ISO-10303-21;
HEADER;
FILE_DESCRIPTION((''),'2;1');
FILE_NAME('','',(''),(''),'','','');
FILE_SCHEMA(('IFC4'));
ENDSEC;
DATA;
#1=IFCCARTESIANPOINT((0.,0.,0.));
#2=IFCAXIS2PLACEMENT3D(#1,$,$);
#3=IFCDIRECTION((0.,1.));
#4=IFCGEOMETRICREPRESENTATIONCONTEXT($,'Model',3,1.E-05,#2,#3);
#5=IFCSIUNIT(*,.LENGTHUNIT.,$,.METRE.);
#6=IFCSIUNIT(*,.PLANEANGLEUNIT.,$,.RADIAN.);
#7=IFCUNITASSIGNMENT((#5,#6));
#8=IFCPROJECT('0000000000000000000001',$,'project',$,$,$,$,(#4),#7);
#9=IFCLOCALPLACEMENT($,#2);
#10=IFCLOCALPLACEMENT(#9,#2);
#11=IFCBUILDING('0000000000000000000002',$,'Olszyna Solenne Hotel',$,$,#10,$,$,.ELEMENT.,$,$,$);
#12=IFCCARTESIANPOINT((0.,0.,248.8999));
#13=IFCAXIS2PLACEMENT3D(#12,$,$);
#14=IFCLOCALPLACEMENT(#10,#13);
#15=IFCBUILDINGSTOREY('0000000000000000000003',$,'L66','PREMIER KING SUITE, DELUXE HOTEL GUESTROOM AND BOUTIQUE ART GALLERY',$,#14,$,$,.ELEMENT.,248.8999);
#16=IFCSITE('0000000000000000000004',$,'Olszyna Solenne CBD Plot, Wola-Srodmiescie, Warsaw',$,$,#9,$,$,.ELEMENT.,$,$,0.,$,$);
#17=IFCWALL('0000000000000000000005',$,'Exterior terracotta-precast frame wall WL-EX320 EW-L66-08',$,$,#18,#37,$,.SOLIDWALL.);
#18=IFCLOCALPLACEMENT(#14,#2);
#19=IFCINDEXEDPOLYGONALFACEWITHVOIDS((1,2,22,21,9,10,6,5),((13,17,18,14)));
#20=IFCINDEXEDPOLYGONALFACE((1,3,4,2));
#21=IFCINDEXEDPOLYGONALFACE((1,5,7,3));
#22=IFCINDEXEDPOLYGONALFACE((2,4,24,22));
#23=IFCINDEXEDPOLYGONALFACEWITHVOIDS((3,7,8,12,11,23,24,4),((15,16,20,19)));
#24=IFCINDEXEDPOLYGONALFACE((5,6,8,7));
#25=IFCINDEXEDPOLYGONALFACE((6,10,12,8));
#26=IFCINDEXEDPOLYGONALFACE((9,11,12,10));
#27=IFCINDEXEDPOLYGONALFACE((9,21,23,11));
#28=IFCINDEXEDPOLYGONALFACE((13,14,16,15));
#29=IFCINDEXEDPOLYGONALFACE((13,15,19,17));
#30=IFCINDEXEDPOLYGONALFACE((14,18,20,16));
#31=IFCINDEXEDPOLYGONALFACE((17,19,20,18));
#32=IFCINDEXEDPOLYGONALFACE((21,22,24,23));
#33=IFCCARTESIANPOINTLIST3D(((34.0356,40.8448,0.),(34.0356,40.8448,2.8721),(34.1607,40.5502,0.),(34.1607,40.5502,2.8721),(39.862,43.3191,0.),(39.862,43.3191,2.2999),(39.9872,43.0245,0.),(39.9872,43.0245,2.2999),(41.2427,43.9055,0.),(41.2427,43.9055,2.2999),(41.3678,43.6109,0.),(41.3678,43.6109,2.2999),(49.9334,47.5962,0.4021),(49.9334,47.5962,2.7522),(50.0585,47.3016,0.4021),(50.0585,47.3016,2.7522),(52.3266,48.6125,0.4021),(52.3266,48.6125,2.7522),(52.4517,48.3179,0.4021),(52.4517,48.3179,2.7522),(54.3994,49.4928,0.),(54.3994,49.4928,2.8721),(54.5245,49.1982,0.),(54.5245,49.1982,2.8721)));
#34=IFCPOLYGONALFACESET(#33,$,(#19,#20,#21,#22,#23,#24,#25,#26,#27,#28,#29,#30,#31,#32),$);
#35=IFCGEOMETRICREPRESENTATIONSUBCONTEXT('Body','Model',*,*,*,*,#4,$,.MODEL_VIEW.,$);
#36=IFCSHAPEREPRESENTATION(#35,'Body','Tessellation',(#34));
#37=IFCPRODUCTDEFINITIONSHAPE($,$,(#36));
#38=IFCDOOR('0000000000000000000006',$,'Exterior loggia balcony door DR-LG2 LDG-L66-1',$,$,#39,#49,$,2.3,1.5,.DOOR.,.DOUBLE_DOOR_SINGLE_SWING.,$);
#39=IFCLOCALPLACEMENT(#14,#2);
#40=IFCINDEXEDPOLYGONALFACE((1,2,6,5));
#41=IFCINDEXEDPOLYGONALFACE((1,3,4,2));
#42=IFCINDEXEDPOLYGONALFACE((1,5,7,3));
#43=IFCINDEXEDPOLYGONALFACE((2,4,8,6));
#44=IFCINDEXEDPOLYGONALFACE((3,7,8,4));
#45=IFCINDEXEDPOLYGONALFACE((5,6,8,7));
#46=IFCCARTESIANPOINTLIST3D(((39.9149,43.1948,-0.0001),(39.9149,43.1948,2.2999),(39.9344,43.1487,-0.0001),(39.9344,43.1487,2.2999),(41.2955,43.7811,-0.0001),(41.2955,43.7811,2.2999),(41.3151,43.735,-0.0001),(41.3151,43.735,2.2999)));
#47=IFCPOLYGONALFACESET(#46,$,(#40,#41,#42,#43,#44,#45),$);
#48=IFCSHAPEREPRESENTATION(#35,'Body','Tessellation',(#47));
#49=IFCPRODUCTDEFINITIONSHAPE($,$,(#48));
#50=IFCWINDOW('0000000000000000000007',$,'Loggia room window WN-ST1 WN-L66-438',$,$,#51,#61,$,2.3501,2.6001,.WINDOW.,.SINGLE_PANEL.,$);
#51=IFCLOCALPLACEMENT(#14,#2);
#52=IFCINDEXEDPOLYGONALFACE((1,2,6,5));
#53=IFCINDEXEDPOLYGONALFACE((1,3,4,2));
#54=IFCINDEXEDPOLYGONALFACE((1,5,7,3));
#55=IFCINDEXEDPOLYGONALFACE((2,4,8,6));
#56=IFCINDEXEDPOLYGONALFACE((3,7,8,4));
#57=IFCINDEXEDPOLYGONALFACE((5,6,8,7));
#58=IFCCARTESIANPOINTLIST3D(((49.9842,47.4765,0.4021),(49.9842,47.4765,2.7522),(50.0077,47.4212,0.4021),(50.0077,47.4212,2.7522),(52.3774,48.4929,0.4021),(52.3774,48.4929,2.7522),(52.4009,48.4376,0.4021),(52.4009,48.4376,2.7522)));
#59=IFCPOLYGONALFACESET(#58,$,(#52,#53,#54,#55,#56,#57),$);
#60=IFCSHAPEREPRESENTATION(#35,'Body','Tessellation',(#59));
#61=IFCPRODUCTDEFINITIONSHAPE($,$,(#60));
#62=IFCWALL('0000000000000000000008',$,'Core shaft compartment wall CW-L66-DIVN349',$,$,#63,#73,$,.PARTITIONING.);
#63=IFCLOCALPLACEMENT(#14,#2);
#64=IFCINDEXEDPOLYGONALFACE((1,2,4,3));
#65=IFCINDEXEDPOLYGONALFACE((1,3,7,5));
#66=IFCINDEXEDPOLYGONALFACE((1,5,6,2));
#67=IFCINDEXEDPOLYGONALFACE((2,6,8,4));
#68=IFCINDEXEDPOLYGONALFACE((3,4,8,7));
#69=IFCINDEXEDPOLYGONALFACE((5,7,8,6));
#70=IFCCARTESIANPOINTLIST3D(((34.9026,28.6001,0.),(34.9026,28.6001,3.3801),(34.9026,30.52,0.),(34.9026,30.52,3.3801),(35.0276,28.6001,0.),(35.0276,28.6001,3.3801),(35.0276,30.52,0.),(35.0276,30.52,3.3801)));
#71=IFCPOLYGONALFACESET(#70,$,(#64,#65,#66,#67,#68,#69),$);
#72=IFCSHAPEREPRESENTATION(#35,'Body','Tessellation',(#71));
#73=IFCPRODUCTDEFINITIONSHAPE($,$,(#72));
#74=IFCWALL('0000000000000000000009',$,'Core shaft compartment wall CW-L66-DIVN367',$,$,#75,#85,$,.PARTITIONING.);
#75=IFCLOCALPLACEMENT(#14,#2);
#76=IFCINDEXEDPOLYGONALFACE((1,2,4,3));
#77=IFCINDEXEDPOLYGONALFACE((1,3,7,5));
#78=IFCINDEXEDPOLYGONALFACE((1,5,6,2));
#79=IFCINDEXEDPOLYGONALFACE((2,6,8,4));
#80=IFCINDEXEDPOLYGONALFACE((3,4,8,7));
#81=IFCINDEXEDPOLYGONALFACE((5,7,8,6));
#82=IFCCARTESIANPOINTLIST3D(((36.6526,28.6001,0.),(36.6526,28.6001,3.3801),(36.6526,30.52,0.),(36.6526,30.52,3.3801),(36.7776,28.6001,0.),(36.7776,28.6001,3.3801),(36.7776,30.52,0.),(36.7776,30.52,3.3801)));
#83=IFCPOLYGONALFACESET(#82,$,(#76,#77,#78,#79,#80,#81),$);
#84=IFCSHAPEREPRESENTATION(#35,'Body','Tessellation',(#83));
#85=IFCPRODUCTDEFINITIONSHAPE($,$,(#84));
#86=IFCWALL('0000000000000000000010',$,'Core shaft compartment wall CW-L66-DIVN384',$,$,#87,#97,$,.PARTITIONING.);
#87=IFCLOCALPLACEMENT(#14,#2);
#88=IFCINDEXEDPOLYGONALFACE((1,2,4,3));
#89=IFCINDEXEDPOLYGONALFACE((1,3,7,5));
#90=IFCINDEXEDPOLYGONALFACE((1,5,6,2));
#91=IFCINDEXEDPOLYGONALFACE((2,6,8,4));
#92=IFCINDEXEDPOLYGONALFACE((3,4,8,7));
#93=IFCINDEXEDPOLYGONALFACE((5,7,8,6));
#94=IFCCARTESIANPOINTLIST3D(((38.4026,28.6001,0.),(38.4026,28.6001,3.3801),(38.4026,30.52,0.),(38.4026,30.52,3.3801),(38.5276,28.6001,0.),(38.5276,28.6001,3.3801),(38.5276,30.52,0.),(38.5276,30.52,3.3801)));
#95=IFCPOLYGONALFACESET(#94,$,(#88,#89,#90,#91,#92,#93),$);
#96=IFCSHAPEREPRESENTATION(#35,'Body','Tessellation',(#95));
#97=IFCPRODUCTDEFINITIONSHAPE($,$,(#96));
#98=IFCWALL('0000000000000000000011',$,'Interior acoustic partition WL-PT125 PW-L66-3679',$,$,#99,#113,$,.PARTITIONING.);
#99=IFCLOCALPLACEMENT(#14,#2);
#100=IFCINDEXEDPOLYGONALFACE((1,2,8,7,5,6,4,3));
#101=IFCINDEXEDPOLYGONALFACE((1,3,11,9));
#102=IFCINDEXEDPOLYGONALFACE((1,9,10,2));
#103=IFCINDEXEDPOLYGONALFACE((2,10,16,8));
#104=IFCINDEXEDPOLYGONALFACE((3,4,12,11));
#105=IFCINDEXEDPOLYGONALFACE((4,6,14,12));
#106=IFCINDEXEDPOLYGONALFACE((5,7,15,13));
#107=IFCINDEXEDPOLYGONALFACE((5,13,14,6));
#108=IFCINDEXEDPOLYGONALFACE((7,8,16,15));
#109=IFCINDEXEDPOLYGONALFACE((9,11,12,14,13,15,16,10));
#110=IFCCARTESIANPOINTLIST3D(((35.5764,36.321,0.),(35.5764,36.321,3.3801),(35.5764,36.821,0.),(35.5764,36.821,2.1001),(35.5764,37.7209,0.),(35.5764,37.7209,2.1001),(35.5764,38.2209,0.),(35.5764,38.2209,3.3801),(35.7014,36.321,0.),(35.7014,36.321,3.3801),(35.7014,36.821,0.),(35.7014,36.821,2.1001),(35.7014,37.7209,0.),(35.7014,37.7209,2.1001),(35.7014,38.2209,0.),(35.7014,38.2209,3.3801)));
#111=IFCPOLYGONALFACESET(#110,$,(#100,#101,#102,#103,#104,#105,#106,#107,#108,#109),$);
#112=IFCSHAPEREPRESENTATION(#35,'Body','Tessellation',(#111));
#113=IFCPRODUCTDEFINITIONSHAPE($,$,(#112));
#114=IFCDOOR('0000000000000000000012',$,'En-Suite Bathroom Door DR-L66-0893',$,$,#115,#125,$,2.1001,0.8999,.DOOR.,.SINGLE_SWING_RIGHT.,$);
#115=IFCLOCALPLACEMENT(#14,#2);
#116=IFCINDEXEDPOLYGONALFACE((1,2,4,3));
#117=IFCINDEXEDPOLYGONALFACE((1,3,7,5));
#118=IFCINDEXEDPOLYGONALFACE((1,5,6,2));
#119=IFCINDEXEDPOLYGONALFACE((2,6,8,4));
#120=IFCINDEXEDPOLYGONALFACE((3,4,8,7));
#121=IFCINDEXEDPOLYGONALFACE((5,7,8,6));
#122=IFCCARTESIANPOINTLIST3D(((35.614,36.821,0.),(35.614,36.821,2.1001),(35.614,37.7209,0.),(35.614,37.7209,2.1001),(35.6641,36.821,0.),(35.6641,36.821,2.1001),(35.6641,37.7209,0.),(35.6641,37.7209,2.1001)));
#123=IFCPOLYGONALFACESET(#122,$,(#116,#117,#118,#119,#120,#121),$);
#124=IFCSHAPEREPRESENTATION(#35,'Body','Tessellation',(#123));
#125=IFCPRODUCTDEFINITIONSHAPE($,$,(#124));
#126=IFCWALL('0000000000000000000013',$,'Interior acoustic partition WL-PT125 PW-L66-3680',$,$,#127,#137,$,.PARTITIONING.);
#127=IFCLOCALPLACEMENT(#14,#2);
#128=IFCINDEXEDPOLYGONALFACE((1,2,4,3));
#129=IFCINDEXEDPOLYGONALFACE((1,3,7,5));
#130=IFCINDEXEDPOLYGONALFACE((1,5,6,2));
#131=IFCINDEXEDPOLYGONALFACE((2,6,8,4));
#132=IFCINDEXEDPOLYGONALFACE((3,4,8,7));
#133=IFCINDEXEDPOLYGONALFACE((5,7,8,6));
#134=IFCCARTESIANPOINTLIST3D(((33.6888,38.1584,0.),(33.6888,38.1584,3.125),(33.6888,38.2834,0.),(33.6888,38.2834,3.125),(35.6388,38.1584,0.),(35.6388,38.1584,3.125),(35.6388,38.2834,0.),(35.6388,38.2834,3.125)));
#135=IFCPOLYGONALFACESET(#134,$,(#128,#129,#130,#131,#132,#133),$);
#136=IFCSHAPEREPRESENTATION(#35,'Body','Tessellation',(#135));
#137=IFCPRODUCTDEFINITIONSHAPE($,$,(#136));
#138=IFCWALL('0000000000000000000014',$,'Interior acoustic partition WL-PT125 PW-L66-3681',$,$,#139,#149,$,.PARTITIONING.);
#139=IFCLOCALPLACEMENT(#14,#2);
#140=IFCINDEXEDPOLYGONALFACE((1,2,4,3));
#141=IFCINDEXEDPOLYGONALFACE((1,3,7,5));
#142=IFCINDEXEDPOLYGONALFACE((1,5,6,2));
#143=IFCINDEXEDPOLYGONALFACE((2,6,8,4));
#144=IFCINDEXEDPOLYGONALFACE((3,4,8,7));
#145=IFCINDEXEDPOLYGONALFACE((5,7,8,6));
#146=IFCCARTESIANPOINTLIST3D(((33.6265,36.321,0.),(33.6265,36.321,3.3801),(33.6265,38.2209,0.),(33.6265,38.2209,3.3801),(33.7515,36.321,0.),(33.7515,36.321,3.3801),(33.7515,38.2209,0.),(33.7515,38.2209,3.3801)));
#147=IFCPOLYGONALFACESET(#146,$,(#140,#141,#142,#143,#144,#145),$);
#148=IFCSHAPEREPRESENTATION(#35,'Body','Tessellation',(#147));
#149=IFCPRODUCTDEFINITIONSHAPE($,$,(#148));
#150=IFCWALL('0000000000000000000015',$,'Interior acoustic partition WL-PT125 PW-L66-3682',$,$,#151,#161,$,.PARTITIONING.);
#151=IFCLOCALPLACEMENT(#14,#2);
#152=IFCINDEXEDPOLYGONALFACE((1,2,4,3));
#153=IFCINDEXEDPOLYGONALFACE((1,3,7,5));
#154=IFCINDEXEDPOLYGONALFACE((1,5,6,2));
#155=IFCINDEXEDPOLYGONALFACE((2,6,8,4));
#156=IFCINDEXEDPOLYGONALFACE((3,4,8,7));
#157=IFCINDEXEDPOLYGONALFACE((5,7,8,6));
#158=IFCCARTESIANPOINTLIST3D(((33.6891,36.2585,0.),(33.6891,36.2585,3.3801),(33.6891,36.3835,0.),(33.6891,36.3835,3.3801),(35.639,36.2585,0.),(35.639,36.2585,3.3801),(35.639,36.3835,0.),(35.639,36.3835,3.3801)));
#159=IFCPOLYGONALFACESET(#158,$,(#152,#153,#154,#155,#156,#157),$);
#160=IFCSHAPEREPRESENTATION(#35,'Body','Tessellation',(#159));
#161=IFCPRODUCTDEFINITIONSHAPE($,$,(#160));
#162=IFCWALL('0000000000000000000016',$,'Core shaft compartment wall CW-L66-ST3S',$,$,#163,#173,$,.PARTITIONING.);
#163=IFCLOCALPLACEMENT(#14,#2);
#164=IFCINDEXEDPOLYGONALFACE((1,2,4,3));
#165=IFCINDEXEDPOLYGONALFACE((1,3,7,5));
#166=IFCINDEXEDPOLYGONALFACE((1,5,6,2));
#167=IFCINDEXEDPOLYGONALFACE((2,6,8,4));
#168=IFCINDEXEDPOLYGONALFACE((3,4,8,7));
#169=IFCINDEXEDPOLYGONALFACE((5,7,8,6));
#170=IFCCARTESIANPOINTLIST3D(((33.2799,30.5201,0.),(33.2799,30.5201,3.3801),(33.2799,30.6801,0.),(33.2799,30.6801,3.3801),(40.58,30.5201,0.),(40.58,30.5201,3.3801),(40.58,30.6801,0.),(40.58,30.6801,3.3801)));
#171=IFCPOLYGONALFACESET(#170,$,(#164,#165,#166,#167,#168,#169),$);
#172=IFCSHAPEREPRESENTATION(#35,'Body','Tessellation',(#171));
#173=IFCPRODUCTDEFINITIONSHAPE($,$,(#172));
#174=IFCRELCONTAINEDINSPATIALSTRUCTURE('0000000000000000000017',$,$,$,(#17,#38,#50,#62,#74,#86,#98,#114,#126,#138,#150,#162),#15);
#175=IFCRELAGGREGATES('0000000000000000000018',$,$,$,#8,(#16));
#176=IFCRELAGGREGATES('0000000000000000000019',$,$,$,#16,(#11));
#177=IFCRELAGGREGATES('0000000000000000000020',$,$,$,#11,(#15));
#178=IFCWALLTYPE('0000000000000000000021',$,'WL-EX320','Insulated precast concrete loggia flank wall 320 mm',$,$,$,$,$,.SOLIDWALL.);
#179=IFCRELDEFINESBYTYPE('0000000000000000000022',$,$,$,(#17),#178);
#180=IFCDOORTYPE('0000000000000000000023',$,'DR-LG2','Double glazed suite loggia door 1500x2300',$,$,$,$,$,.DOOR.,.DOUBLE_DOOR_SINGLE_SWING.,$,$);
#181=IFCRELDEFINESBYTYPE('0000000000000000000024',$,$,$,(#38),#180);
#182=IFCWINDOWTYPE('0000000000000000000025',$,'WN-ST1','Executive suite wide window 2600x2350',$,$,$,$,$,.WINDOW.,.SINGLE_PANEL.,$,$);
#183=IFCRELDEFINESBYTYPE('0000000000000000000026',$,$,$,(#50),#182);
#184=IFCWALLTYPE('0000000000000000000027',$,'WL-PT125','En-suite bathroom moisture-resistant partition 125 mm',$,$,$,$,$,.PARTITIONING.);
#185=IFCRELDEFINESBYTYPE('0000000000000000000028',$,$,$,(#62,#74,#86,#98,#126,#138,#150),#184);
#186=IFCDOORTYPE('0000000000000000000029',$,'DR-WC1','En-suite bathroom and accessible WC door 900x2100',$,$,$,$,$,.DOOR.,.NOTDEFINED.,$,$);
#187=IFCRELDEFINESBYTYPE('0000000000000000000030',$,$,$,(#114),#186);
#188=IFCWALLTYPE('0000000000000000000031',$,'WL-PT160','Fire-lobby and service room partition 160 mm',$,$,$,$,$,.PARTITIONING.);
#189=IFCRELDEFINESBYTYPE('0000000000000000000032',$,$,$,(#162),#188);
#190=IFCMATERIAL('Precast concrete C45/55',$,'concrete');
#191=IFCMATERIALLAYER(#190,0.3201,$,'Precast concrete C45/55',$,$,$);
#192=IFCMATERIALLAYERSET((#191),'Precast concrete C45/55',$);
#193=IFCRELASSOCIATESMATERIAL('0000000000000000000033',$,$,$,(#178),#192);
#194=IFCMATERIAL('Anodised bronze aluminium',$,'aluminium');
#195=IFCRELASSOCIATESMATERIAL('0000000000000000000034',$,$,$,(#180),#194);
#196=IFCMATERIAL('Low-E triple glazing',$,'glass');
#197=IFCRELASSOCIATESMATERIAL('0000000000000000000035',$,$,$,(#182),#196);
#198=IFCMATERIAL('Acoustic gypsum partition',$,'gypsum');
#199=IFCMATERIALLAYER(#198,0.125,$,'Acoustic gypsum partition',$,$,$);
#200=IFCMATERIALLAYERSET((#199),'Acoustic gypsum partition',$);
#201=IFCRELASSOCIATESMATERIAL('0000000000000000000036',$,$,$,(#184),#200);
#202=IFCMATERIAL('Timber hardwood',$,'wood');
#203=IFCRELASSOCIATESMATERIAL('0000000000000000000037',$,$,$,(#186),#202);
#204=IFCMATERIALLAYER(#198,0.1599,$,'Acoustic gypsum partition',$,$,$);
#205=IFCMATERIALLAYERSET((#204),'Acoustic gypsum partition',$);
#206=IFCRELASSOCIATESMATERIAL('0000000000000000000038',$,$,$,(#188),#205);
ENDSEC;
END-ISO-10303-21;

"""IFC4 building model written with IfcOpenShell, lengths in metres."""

from ifc_helpers import new_model, si_unit, direction, frame, frame_2d, origin, place, context, subcontext, project, spatial, rectangle, extrude, source, transform, mapped, material, layer, layer_set, type_object, type_shapes, element, fill, save


model = new_model("IFC4")

# Units and contexts
model_context = context("Model", 3, precision=1e-05, world=origin(), true_north=direction((0.0, 1.0)))
body_context = subcontext(model_context, "Body", "Model", "MODEL_VIEW")
ifc_project = project(units=[si_unit("LENGTHUNIT", "METRE"), si_unit("PLANEANGLEUNIT", "RADIAN")], contexts=[model_context])

# Site, building, storey
site_placement = place(None, origin())
site = spatial("IfcSite", under=ifc_project, at=site_placement, Name="Olszyna Solenne CBD Plot, Wola-Srodmiescie, Warsaw", CompositionType="ELEMENT", RefElevation=0.0)
building_placement = place(site_placement, origin())
building = spatial("IfcBuilding", under=site, at=building_placement, Name="Olszyna Solenne Hotel", CompositionType="ELEMENT")
storey_placement = place(building_placement, frame((0.0, 0.0, 248.8999)))
storey = spatial("IfcBuildingStorey", under=building, at=storey_placement, Name="L66", Description="PREMIER KING SUITE, DELUXE HOTEL GUESTROOM AND BOUTIQUE ART GALLERY", CompositionType="ELEMENT", Elevation=248.8999)

# Wall, openings, door, window
ifc_material_1 = material(Name="Precast concrete C45/55", Category="concrete")
ifc_layer_1 = layer(ifc_material_1, 0.3201, Name="Precast concrete C45/55")
ifc_layer_set_1 = layer_set([ifc_layer_1], Name="Precast concrete C45/55")
wall_type_1 = type_object("IfcWallType", Name="WL-EX320", Description="Insulated precast concrete loggia flank wall 320 mm", PredefinedType="SOLIDWALL", material=ifc_layer_set_1)
wall_1_placement = place(storey_placement, frame((34.0981, 40.6975, 0.0), z_axis=(0.0, 0.0, 1.0), x_axis=(0.920439, 0.390886, 0.0)))
wall_1 = element("IfcWall", 1, at=wall_1_placement, inside=storey, type_object=wall_type_1, Name="Exterior terracotta-precast frame wall WL-EX320 EW-L66-08", PredefinedType="SOLIDWALL", context=body_context, shape_type="SweptSolid", body=[
    extrude(rectangle(XDim=22.124, YDim=0.3201, at=frame_2d((11.062, 0.0))), origin(), (0.0, 0.0, 1.0), 2.8721),
])
opening_1_placement = place(wall_1_placement, frame((6.3301, 0.0, 0.0)))
opening_1 = element("IfcOpeningElement", 2, at=opening_1_placement, cuts=wall_1, PredefinedType="OPENING", context=body_context, shape_type="SweptSolid", body=[
    extrude(rectangle(XDim=1.5, YDim=2.3, at=frame_2d((0.75, 1.1499))), frame((0.0, 0.1699, 0.0), z_axis=(0.0, -1.0, 0.0), x_axis=(1.0, 0.0, 0.0)), (0.0, 0.0, 1.0), 0.3401),
])
opening_2_placement = place(wall_1_placement, frame((17.272, 0.0, 0.4021)))
opening_2 = element("IfcOpeningElement", 3, at=opening_2_placement, cuts=wall_1, PredefinedType="OPENING", context=body_context, shape_type="SweptSolid", body=[
    extrude(rectangle(XDim=2.6001, YDim=2.3501, at=frame_2d((1.3, 1.175))), frame((0.0, 0.1699, 0.0), z_axis=(0.0, -1.0, 0.0), x_axis=(1.0, 0.0, 0.0)), (0.0, 0.0, 1.0), 0.3401),
])
ifc_material_2 = material(Name="Anodised bronze aluminium", Category="aluminium")
door_type_1 = type_object("IfcDoorType", Name="DR-LG2", Description="Double glazed suite loggia door 1500x2300", OperationType="DOUBLE_DOOR_SINGLE_SWING", PredefinedType="DOOR", material=ifc_material_2)
shared_shape_1 = source(origin(), body_context, "Body", "SweptSolid", [
    extrude(rectangle(XDim=1.5, YDim=2.3, at=frame_2d((0.75, 1.1499))), frame((0.0, 0.0249, 0.0), z_axis=(0.0, -1.0, 0.0), x_axis=(1.0, 0.0, 0.0)), (0.0, 0.0, 1.0), 0.05),
])
type_shapes(door_type_1, [shared_shape_1])
door_1_placement = place(opening_1_placement, origin())
door_1 = element("IfcDoor", 4, at=door_1_placement, inside=storey, type_object=door_type_1, Name="Exterior loggia balcony door DR-LG2 LDG-L66-1", OperationType="DOUBLE_DOOR_SINGLE_SWING", OverallHeight=2.3, OverallWidth=1.5, PredefinedType="DOOR", context=body_context, shape_type="MappedRepresentation", body=[
    mapped(shared_shape_1, transform((0.0, 0.0, 0.0), x_axis=(1.0, 0.0, 0.0), y_axis=(0.0, 1.0, 0.0), z_axis=(0.0, 0.0, 1.0), scale=1.0)),
])
fill(opening_1, door_1)
ifc_material_3 = material(Name="Low-E triple glazing", Category="glass")
window_type = type_object("IfcWindowType", Name="WN-ST1", Description="Executive suite wide window 2600x2350", PartitioningType="SINGLE_PANEL", PredefinedType="WINDOW", material=ifc_material_3)
shared_shape_2 = source(origin(), body_context, "Body", "SweptSolid", [
    extrude(rectangle(XDim=2.6001, YDim=2.3501, at=frame_2d((1.3, 1.175))), frame((0.0, 0.03, 0.0), z_axis=(0.0, -1.0, 0.0), x_axis=(1.0, 0.0, 0.0)), (0.0, 0.0, 1.0), 0.0601),
])
type_shapes(window_type, [shared_shape_2])
window_placement = place(opening_2_placement, origin())
window = element("IfcWindow", 5, at=window_placement, inside=storey, type_object=window_type, Name="Loggia room window WN-ST1 WN-L66-438", OverallHeight=2.3501, OverallWidth=2.6001, PartitioningType="SINGLE_PANEL", PredefinedType="WINDOW", context=body_context, shape_type="MappedRepresentation", body=[
    mapped(shared_shape_2, transform((0.0, 0.0, 0.0), x_axis=(1.0, 0.0, 0.0), y_axis=(0.0, 1.0, 0.0), z_axis=(0.0, 0.0, 1.0), scale=1.0)),
])
fill(opening_2, window)

# Walls
ifc_material_4 = material(Name="Acoustic gypsum partition", Category="gypsum")
ifc_layer_2 = layer(ifc_material_4, 0.125, Name="Acoustic gypsum partition")
ifc_layer_set_2 = layer_set([ifc_layer_2], Name="Acoustic gypsum partition")
wall_type_2 = type_object("IfcWallType", Name="WL-PT125", Description="En-suite bathroom moisture-resistant partition 125 mm", PredefinedType="PARTITIONING", material=ifc_layer_set_2)
for number, where, z_axis, x_axis, name in (
    (6, (34.9651, 28.6001, 0.0), (0.0, 0.0, 1.0), (0.0, 1.0, 0.0), "Core shaft compartment wall CW-L66-DIVN349"),
    (7, (36.7151, 28.6001, 0.0), (0.0, 0.0, 1.0), (0.0, 1.0, 0.0), "Core shaft compartment wall CW-L66-DIVN367"),
    (8, (38.4651, 28.6001, 0.0), (0.0, 0.0, 1.0), (0.0, 1.0, 0.0), "Core shaft compartment wall CW-L66-DIVN384"),
):
    element("IfcWall", number, at=place(storey_placement, frame(where, z_axis=z_axis, x_axis=x_axis)), inside=storey, type_object=wall_type_2, Name=name, PredefinedType="PARTITIONING", context=body_context, shape_type="SweptSolid", body=[
        extrude(rectangle(XDim=1.9199, YDim=0.125, at=frame_2d((0.96, 0.0))), origin(), (0.0, 0.0, 1.0), 3.3801),
    ])

# Wall, opening, door
wall_2_placement = place(storey_placement, frame((35.6389, 36.321, 0.0), z_axis=(0.0, 0.0, 1.0), x_axis=(0.0, 1.0, 0.0)))
wall_2 = element("IfcWall", 9, at=wall_2_placement, inside=storey, type_object=wall_type_2, Name="Interior acoustic partition WL-PT125 PW-L66-3679", PredefinedType="PARTITIONING", context=body_context, shape_type="SweptSolid", body=[
    extrude(rectangle(XDim=1.8999, YDim=0.125, at=frame_2d((0.95, 0.0))), origin(), (0.0, 0.0, 1.0), 3.3801),
])
opening_3_placement = place(wall_2_placement, frame((0.5, 0.0, 0.0)))
opening_3 = element("IfcOpeningElement", 10, at=opening_3_placement, cuts=wall_2, PredefinedType="OPENING", context=body_context, shape_type="SweptSolid", body=[
    extrude(rectangle(XDim=0.8999, YDim=2.1001, at=frame_2d((0.45, 1.05))), frame((0.0, 0.0725, 0.0), z_axis=(0.0, -1.0, 0.0), x_axis=(1.0, 0.0, 0.0)), (0.0, 0.0, 1.0), 0.145),
])
ifc_material_5 = material(Name="Timber hardwood", Category="wood")
door_type_2 = type_object("IfcDoorType", Name="DR-WC1", Description="En-suite bathroom and accessible WC door 900x2100", OperationType="NOTDEFINED", PredefinedType="DOOR", material=ifc_material_5)
shared_shape_3 = source(origin(), body_context, "Body", "SweptSolid", [
    extrude(rectangle(XDim=0.8999, YDim=2.1001, at=frame_2d((0.45, 1.05))), frame((0.0, 0.0249, 0.0), z_axis=(0.0, -1.0, 0.0), x_axis=(1.0, 0.0, 0.0)), (0.0, 0.0, 1.0), 0.05),
])
type_shapes(door_type_2, [shared_shape_3])
door_2_placement = place(opening_3_placement, origin())
door_2 = element("IfcDoor", 11, at=door_2_placement, inside=storey, type_object=door_type_2, Name="En-Suite Bathroom Door DR-L66-0893", OperationType="SINGLE_SWING_RIGHT", OverallHeight=2.1001, OverallWidth=0.8999, PredefinedType="DOOR", context=body_context, shape_type="MappedRepresentation", body=[
    mapped(shared_shape_3, transform((0.0, 0.0, 0.0), x_axis=(1.0, 0.0, 0.0), y_axis=(0.0, 1.0, 0.0), z_axis=(0.0, 0.0, 1.0), scale=1.0)),
])
fill(opening_3, door_2)

# Walls
wall_3_placement = place(storey_placement, frame((35.6389, 38.2209, 0.0), z_axis=(0.0, 0.0, 1.0), x_axis=(-1.0, 0.0, 0.0)))
element("IfcWall", 12, at=wall_3_placement, inside=storey, type_object=wall_type_2, Name="Interior acoustic partition WL-PT125 PW-L66-3680", PredefinedType="PARTITIONING", context=body_context, shape_type="SweptSolid", body=[
    extrude(rectangle(XDim=1.95, YDim=0.125, at=frame_2d((0.9751, 0.0))), origin(), (0.0, 0.0, 1.0), 3.125),
])
wall_4_placement = place(storey_placement, frame((33.689, 38.2209, 0.0), z_axis=(0.0, 0.0, 1.0), x_axis=(0.0, -1.0, 0.0)))
element("IfcWall", 13, at=wall_4_placement, inside=storey, type_object=wall_type_2, Name="Interior acoustic partition WL-PT125 PW-L66-3681", PredefinedType="PARTITIONING", context=body_context, shape_type="SweptSolid", body=[
    extrude(rectangle(XDim=1.8999, YDim=0.125, at=frame_2d((0.95, 0.0))), origin(), (0.0, 0.0, 1.0), 3.3801),
])
wall_5_placement = place(storey_placement, frame((33.689, 36.321, 0.0), z_axis=(0.0, 0.0, 1.0), x_axis=(1.0, 0.0, 0.0)))
element("IfcWall", 14, at=wall_5_placement, inside=storey, type_object=wall_type_2, Name="Interior acoustic partition WL-PT125 PW-L66-3682", PredefinedType="PARTITIONING", context=body_context, shape_type="SweptSolid", body=[
    extrude(rectangle(XDim=1.95, YDim=0.125, at=frame_2d((0.9751, 0.0))), origin(), (0.0, 0.0, 1.0), 3.3801),
])
ifc_layer_3 = layer(ifc_material_4, 0.1599, Name="Acoustic gypsum partition")
ifc_layer_set_3 = layer_set([ifc_layer_3], Name="Acoustic gypsum partition")
wall_type_3 = type_object("IfcWallType", Name="WL-PT160", Description="Fire-lobby and service room partition 160 mm", PredefinedType="PARTITIONING", material=ifc_layer_set_3)
wall_6_placement = place(storey_placement, frame((33.28, 30.6001, 0.0), z_axis=(0.0, 0.0, 1.0), x_axis=(1.0, 0.0, 0.0)))
element("IfcWall", 15, at=wall_6_placement, inside=storey, type_object=wall_type_3, Name="Core shaft compartment wall CW-L66-ST3S", PredefinedType="PARTITIONING", context=body_context, shape_type="SweptSolid", body=[
    extrude(rectangle(XDim=7.3, YDim=0.1599, at=frame_2d((3.6499, 0.0))), origin(), (0.0, 0.0, 1.0), 3.3801),
])

save(model, "model.ifc")
